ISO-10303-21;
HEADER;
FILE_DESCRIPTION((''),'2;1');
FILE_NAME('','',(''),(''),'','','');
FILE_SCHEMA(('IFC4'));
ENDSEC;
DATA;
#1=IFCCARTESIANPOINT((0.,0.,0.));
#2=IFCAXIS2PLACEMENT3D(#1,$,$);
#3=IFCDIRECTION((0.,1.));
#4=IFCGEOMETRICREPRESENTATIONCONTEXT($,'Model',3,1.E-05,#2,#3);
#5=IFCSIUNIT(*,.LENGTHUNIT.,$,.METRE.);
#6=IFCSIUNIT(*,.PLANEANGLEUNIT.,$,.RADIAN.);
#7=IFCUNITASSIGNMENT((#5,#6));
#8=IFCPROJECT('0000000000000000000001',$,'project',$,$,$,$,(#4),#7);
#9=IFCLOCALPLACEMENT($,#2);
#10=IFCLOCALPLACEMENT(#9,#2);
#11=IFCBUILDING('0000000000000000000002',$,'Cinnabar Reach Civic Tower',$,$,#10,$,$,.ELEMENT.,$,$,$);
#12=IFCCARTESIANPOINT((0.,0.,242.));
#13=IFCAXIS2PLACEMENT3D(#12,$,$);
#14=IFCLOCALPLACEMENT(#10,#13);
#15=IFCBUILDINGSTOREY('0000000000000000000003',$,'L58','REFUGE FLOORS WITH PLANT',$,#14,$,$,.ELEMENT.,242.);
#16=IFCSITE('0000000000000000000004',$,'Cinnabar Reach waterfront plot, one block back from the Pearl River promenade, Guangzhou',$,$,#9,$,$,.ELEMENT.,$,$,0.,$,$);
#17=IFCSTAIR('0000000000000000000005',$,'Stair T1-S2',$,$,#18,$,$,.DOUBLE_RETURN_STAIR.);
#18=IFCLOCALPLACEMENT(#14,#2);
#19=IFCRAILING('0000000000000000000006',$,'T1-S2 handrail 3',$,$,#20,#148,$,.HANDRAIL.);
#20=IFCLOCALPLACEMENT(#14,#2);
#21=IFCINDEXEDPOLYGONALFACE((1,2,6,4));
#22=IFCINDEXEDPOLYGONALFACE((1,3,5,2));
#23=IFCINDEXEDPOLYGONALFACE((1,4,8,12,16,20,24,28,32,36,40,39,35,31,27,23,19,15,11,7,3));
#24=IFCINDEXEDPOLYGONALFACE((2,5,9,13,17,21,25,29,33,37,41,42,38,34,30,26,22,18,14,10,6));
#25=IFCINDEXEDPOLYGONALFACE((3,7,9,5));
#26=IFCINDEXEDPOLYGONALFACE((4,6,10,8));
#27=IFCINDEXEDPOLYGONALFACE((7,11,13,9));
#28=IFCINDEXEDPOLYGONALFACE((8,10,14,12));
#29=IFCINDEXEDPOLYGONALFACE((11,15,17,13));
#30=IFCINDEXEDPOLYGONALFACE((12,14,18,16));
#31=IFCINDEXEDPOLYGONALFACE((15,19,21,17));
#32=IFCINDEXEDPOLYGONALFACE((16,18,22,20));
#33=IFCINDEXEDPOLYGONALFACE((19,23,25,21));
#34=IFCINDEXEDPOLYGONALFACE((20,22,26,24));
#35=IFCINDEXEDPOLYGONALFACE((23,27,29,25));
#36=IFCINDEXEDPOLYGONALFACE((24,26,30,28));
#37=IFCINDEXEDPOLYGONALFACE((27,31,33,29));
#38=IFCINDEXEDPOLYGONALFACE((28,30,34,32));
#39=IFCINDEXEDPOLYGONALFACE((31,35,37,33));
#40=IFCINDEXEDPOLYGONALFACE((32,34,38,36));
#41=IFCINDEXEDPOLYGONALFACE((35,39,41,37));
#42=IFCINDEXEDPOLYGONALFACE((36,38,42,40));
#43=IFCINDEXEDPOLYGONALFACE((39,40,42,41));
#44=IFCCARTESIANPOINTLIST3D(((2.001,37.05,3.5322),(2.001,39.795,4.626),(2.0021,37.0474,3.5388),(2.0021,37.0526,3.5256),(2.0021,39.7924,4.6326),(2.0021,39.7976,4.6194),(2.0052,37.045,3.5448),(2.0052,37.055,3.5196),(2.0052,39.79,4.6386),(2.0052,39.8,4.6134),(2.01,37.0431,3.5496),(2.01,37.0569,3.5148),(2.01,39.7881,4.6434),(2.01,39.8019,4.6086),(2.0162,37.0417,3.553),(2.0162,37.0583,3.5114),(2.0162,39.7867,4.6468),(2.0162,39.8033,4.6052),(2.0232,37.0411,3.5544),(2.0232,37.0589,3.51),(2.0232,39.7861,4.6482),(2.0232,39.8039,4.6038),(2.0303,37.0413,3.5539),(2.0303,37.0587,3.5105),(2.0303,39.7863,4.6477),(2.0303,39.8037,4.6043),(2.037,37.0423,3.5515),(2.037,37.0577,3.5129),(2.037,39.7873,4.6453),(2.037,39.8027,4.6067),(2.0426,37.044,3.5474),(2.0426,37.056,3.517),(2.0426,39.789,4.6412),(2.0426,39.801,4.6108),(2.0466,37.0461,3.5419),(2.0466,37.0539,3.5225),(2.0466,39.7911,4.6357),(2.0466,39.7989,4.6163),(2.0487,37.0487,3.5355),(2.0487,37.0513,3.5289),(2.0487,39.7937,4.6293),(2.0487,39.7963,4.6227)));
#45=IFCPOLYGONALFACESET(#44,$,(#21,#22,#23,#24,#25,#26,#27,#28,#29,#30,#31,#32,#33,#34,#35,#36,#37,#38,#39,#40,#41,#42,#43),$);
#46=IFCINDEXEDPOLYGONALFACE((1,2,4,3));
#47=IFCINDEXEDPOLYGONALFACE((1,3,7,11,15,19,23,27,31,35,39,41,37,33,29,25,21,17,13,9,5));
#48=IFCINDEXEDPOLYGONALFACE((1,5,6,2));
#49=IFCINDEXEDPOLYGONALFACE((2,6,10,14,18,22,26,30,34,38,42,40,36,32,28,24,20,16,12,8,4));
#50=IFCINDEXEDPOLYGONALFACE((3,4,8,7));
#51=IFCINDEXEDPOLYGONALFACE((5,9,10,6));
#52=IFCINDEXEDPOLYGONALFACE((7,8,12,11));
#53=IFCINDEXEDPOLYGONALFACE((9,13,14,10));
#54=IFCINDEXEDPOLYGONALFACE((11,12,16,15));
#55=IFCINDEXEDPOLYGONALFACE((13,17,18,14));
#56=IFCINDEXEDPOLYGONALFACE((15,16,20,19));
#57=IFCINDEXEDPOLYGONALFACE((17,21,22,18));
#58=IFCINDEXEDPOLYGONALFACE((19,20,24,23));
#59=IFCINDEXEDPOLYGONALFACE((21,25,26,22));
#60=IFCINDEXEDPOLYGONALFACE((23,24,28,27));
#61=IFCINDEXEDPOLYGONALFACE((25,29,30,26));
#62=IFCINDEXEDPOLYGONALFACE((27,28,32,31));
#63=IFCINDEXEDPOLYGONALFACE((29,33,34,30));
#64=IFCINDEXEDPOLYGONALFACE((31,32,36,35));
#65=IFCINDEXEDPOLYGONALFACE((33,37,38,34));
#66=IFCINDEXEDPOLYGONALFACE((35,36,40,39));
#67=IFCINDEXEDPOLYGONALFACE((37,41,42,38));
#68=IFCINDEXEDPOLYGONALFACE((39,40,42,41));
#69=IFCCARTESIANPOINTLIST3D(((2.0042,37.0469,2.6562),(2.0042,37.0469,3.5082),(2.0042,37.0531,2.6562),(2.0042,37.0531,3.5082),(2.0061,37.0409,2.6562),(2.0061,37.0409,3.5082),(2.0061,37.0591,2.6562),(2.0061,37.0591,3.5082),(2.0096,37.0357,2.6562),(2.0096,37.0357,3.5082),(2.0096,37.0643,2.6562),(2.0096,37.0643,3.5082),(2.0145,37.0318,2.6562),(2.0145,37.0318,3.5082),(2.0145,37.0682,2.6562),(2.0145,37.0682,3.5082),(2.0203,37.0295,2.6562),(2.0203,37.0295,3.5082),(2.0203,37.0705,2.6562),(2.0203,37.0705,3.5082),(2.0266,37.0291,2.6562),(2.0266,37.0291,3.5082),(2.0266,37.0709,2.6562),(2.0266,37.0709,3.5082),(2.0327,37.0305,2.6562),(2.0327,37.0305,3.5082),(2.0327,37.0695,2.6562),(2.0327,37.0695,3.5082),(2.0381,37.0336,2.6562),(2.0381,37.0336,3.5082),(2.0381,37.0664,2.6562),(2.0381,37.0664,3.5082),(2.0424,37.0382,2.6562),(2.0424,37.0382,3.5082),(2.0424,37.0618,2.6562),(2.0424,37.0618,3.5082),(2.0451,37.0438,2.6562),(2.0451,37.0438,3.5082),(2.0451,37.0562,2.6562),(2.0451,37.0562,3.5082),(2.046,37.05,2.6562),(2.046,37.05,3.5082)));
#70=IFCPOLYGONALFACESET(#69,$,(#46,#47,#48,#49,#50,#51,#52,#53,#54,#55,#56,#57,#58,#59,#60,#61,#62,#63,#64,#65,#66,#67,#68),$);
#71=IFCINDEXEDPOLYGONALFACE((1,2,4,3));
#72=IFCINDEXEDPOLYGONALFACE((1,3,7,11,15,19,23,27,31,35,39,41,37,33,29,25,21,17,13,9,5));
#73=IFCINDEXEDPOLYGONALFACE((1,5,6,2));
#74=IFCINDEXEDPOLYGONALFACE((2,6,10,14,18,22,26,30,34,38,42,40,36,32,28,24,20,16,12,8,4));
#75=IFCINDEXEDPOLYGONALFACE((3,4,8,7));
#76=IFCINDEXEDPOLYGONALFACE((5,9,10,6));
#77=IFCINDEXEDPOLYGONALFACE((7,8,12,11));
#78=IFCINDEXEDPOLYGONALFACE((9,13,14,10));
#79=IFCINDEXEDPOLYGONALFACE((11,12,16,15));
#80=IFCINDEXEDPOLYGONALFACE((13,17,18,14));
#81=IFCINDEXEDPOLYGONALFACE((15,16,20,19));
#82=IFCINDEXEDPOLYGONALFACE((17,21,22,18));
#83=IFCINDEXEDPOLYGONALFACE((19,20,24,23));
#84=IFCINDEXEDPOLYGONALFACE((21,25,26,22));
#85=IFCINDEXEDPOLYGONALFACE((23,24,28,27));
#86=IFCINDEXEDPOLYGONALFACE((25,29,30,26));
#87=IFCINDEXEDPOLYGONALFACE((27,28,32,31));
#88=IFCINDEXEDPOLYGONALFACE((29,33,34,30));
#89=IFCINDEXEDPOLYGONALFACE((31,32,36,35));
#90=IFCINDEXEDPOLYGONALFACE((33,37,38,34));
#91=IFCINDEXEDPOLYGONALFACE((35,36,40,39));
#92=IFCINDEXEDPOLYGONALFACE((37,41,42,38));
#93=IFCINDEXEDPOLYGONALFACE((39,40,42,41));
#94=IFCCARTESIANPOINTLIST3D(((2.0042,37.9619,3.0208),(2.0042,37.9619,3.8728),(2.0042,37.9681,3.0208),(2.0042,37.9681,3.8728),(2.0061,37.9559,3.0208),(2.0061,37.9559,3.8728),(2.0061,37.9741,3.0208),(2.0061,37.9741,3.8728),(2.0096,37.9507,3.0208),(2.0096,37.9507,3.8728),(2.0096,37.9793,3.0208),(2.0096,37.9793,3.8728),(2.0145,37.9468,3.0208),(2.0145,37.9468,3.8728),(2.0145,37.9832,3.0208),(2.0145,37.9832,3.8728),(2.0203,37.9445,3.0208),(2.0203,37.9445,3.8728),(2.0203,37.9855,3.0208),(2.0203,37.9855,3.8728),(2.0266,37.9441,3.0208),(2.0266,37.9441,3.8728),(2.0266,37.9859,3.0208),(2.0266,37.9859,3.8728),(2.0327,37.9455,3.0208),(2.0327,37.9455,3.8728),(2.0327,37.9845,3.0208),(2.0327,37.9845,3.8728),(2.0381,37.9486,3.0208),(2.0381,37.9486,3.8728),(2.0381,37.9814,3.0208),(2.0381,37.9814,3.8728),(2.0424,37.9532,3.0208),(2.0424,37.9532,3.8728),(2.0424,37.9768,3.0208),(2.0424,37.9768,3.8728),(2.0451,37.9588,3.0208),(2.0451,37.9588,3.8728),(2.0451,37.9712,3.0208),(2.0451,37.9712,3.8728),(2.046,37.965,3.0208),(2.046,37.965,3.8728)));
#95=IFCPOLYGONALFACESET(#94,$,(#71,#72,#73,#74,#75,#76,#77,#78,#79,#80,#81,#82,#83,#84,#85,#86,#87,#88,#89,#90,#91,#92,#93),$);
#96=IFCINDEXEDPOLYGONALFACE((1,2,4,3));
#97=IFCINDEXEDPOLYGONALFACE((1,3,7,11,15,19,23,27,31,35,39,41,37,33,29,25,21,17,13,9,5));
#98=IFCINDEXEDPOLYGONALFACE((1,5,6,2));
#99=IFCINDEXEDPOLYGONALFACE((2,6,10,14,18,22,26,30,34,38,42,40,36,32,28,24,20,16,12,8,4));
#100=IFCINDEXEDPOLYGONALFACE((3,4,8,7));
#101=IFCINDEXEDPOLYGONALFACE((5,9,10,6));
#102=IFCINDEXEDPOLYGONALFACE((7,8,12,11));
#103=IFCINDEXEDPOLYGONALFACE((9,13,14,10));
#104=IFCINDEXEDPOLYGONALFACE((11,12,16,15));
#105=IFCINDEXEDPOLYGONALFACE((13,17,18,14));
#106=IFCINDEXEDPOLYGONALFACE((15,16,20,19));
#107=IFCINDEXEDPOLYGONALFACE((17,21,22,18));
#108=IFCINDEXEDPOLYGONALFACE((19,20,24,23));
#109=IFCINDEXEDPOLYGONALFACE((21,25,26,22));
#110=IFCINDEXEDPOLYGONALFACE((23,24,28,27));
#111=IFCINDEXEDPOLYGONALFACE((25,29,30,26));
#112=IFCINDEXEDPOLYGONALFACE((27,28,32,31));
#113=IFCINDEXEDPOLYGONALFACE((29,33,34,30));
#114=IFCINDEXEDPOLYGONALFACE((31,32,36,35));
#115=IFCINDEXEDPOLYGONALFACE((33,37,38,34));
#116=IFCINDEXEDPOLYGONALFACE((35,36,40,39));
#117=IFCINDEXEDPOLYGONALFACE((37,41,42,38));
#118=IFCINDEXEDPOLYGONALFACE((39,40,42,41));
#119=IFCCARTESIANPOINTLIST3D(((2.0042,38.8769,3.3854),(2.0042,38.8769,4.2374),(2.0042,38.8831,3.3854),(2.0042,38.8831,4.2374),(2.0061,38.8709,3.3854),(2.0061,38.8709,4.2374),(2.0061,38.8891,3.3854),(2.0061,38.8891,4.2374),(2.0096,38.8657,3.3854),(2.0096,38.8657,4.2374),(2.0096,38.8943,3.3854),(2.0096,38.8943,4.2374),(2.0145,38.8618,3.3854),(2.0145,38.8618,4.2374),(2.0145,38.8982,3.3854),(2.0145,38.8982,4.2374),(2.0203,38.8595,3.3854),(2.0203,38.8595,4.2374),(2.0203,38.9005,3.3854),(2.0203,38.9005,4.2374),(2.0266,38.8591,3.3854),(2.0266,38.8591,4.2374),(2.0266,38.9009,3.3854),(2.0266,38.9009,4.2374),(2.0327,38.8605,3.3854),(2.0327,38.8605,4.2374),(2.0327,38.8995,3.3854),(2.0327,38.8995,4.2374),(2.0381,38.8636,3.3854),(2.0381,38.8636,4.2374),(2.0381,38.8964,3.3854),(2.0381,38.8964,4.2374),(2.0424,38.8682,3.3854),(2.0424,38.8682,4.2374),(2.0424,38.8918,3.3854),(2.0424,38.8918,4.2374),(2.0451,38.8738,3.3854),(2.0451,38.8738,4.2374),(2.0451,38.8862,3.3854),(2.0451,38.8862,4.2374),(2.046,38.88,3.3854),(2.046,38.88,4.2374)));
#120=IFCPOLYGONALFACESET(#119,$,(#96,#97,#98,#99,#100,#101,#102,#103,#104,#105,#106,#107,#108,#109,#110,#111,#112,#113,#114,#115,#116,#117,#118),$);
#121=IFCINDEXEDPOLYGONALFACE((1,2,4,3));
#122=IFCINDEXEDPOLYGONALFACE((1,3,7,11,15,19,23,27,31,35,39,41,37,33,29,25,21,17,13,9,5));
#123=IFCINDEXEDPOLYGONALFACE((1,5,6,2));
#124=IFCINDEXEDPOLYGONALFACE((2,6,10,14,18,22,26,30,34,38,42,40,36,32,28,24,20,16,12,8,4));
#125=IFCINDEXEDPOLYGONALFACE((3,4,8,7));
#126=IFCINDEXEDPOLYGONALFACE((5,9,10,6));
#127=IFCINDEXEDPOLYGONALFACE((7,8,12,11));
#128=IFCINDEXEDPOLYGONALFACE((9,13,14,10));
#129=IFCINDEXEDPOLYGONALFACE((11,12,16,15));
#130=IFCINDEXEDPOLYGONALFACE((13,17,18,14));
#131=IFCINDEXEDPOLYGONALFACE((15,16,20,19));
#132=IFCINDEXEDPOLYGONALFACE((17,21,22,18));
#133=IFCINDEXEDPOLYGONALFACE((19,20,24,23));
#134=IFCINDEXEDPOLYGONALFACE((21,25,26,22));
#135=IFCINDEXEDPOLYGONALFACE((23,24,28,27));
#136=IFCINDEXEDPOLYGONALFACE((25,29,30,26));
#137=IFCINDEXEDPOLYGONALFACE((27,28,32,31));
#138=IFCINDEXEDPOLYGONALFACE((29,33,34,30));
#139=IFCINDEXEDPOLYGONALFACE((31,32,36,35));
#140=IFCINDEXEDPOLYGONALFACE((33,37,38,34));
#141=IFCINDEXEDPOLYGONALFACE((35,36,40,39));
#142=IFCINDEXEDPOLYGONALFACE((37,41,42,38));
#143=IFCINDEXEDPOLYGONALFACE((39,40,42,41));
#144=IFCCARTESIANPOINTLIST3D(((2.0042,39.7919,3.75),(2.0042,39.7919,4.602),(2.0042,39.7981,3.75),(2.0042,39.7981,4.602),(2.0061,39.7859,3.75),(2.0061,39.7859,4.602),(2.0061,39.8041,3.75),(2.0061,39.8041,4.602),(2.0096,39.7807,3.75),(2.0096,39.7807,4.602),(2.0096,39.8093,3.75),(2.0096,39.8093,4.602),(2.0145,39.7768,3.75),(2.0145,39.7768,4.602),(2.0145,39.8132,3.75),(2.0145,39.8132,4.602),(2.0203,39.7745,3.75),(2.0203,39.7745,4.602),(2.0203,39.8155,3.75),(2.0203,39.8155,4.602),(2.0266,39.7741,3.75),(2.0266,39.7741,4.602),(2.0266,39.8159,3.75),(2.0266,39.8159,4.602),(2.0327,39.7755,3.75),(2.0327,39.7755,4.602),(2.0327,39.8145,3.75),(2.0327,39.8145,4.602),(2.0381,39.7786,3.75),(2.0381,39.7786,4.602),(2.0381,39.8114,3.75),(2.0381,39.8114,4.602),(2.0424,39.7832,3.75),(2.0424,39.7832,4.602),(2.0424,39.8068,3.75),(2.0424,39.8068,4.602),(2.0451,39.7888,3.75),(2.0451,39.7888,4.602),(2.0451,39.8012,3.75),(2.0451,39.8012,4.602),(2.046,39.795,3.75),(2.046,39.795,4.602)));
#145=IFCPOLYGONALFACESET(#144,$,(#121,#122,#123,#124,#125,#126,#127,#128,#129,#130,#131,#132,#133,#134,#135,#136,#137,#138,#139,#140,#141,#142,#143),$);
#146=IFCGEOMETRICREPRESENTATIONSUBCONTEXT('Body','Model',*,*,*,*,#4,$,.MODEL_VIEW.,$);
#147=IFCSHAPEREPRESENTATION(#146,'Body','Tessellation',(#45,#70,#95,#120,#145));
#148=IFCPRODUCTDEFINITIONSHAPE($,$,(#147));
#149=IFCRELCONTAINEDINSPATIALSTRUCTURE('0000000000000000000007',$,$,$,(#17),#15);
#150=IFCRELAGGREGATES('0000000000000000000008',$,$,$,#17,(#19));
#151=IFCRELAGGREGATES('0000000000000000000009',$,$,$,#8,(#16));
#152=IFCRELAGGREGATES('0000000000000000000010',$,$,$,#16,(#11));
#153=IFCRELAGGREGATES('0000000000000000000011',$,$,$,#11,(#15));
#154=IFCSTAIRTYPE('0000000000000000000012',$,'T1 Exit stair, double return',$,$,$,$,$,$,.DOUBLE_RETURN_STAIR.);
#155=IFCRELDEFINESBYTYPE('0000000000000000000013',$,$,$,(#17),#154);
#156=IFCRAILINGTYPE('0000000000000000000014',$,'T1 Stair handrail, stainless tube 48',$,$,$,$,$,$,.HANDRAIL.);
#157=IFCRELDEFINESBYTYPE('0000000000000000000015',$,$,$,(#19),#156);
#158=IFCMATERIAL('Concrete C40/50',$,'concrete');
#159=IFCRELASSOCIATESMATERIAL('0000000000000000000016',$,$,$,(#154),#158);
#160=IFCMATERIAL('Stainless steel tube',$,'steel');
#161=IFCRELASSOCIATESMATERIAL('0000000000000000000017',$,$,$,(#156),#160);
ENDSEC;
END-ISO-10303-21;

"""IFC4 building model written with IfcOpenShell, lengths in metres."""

from ifc_helpers import new_model, si_unit, direction, frame, origin, origin_2d, place, context, subcontext, project, spatial, circle, extrude, material, type_object, element, aggregate, save


model = new_model("IFC4")

# Units and contexts
model_context = context("Model", 3, precision=1e-05, world=origin(), true_north=direction((0.0, 1.0)))
body_context = subcontext(model_context, "Body", "Model", "MODEL_VIEW")
ifc_project = project(units=[si_unit("LENGTHUNIT", "METRE"), si_unit("PLANEANGLEUNIT", "RADIAN")], contexts=[model_context])

# Site, building, storey
site_placement = place(None, origin())
site = spatial("IfcSite", under=ifc_project, at=site_placement, Name="Cinnabar Reach waterfront plot, one block back from the Pearl River promenade, Guangzhou", CompositionType="ELEMENT", RefElevation=0.0)
building_placement = place(site_placement, origin())
building = spatial("IfcBuilding", under=site, at=building_placement, Name="Cinnabar Reach Civic Tower", CompositionType="ELEMENT")
storey_placement = place(building_placement, frame((0.0, 0.0, 242.0)))
storey = spatial("IfcBuildingStorey", under=building, at=storey_placement, Name="L58", Description="REFUGE FLOORS WITH PLANT", CompositionType="ELEMENT", Elevation=242.0)

# Shared definitions
ifc_material_1 = material(Name="Concrete C40/50", Category="concrete")

# Stair, railing
stair_type = type_object("IfcStairType", Name="T1 Exit stair, double return", PredefinedType="DOUBLE_RETURN_STAIR", material=ifc_material_1)
stair_placement = place(storey_placement, origin())
stair = element("IfcStair", 1, at=stair_placement, inside=storey, type_object=stair_type, Name="Stair T1-S2", PredefinedType="DOUBLE_RETURN_STAIR")
ifc_material_2 = material(Name="Stainless steel tube", Category="steel")
railing_type = type_object("IfcRailingType", Name="T1 Stair handrail, stainless tube 48", PredefinedType="HANDRAIL", material=ifc_material_2)
railing_1_placement = place(storey_placement, frame((2.025, 37.05, 2.6562)))
railing_1 = element("IfcRailing", 2, at=railing_1_placement, type_object=railing_type, Name="T1-S2 handrail 3", PredefinedType="HANDRAIL", context=body_context, shape_type="SweptSolid", body=[
    extrude(circle(Radius=0.024, at=origin_2d()), frame((0.0, 0.0, 0.876), z_axis=(0.0, 0.928966, 0.370165), x_axis=(-1.0, 0.0, 0.0)), (0.0, 0.0, 1.0), 2.9549),
    extrude(circle(Radius=0.021, at=origin_2d()), origin(), (0.0, 0.0, 1.0), 0.852),
    extrude(circle(Radius=0.021, at=origin_2d()), frame((0.0, 0.915, 0.3646)), (0.0, 0.0, 1.0), 0.852),
    extrude(circle(Radius=0.021, at=origin_2d()), frame((0.0, 1.83, 0.7292)), (0.0, 0.0, 1.0), 0.852),
    extrude(circle(Radius=0.021, at=origin_2d()), frame((0.0, 2.745, 1.0938)), (0.0, 0.0, 1.0), 0.852),
])
aggregate(stair, [railing_1])

save(model, "model.ifc")
